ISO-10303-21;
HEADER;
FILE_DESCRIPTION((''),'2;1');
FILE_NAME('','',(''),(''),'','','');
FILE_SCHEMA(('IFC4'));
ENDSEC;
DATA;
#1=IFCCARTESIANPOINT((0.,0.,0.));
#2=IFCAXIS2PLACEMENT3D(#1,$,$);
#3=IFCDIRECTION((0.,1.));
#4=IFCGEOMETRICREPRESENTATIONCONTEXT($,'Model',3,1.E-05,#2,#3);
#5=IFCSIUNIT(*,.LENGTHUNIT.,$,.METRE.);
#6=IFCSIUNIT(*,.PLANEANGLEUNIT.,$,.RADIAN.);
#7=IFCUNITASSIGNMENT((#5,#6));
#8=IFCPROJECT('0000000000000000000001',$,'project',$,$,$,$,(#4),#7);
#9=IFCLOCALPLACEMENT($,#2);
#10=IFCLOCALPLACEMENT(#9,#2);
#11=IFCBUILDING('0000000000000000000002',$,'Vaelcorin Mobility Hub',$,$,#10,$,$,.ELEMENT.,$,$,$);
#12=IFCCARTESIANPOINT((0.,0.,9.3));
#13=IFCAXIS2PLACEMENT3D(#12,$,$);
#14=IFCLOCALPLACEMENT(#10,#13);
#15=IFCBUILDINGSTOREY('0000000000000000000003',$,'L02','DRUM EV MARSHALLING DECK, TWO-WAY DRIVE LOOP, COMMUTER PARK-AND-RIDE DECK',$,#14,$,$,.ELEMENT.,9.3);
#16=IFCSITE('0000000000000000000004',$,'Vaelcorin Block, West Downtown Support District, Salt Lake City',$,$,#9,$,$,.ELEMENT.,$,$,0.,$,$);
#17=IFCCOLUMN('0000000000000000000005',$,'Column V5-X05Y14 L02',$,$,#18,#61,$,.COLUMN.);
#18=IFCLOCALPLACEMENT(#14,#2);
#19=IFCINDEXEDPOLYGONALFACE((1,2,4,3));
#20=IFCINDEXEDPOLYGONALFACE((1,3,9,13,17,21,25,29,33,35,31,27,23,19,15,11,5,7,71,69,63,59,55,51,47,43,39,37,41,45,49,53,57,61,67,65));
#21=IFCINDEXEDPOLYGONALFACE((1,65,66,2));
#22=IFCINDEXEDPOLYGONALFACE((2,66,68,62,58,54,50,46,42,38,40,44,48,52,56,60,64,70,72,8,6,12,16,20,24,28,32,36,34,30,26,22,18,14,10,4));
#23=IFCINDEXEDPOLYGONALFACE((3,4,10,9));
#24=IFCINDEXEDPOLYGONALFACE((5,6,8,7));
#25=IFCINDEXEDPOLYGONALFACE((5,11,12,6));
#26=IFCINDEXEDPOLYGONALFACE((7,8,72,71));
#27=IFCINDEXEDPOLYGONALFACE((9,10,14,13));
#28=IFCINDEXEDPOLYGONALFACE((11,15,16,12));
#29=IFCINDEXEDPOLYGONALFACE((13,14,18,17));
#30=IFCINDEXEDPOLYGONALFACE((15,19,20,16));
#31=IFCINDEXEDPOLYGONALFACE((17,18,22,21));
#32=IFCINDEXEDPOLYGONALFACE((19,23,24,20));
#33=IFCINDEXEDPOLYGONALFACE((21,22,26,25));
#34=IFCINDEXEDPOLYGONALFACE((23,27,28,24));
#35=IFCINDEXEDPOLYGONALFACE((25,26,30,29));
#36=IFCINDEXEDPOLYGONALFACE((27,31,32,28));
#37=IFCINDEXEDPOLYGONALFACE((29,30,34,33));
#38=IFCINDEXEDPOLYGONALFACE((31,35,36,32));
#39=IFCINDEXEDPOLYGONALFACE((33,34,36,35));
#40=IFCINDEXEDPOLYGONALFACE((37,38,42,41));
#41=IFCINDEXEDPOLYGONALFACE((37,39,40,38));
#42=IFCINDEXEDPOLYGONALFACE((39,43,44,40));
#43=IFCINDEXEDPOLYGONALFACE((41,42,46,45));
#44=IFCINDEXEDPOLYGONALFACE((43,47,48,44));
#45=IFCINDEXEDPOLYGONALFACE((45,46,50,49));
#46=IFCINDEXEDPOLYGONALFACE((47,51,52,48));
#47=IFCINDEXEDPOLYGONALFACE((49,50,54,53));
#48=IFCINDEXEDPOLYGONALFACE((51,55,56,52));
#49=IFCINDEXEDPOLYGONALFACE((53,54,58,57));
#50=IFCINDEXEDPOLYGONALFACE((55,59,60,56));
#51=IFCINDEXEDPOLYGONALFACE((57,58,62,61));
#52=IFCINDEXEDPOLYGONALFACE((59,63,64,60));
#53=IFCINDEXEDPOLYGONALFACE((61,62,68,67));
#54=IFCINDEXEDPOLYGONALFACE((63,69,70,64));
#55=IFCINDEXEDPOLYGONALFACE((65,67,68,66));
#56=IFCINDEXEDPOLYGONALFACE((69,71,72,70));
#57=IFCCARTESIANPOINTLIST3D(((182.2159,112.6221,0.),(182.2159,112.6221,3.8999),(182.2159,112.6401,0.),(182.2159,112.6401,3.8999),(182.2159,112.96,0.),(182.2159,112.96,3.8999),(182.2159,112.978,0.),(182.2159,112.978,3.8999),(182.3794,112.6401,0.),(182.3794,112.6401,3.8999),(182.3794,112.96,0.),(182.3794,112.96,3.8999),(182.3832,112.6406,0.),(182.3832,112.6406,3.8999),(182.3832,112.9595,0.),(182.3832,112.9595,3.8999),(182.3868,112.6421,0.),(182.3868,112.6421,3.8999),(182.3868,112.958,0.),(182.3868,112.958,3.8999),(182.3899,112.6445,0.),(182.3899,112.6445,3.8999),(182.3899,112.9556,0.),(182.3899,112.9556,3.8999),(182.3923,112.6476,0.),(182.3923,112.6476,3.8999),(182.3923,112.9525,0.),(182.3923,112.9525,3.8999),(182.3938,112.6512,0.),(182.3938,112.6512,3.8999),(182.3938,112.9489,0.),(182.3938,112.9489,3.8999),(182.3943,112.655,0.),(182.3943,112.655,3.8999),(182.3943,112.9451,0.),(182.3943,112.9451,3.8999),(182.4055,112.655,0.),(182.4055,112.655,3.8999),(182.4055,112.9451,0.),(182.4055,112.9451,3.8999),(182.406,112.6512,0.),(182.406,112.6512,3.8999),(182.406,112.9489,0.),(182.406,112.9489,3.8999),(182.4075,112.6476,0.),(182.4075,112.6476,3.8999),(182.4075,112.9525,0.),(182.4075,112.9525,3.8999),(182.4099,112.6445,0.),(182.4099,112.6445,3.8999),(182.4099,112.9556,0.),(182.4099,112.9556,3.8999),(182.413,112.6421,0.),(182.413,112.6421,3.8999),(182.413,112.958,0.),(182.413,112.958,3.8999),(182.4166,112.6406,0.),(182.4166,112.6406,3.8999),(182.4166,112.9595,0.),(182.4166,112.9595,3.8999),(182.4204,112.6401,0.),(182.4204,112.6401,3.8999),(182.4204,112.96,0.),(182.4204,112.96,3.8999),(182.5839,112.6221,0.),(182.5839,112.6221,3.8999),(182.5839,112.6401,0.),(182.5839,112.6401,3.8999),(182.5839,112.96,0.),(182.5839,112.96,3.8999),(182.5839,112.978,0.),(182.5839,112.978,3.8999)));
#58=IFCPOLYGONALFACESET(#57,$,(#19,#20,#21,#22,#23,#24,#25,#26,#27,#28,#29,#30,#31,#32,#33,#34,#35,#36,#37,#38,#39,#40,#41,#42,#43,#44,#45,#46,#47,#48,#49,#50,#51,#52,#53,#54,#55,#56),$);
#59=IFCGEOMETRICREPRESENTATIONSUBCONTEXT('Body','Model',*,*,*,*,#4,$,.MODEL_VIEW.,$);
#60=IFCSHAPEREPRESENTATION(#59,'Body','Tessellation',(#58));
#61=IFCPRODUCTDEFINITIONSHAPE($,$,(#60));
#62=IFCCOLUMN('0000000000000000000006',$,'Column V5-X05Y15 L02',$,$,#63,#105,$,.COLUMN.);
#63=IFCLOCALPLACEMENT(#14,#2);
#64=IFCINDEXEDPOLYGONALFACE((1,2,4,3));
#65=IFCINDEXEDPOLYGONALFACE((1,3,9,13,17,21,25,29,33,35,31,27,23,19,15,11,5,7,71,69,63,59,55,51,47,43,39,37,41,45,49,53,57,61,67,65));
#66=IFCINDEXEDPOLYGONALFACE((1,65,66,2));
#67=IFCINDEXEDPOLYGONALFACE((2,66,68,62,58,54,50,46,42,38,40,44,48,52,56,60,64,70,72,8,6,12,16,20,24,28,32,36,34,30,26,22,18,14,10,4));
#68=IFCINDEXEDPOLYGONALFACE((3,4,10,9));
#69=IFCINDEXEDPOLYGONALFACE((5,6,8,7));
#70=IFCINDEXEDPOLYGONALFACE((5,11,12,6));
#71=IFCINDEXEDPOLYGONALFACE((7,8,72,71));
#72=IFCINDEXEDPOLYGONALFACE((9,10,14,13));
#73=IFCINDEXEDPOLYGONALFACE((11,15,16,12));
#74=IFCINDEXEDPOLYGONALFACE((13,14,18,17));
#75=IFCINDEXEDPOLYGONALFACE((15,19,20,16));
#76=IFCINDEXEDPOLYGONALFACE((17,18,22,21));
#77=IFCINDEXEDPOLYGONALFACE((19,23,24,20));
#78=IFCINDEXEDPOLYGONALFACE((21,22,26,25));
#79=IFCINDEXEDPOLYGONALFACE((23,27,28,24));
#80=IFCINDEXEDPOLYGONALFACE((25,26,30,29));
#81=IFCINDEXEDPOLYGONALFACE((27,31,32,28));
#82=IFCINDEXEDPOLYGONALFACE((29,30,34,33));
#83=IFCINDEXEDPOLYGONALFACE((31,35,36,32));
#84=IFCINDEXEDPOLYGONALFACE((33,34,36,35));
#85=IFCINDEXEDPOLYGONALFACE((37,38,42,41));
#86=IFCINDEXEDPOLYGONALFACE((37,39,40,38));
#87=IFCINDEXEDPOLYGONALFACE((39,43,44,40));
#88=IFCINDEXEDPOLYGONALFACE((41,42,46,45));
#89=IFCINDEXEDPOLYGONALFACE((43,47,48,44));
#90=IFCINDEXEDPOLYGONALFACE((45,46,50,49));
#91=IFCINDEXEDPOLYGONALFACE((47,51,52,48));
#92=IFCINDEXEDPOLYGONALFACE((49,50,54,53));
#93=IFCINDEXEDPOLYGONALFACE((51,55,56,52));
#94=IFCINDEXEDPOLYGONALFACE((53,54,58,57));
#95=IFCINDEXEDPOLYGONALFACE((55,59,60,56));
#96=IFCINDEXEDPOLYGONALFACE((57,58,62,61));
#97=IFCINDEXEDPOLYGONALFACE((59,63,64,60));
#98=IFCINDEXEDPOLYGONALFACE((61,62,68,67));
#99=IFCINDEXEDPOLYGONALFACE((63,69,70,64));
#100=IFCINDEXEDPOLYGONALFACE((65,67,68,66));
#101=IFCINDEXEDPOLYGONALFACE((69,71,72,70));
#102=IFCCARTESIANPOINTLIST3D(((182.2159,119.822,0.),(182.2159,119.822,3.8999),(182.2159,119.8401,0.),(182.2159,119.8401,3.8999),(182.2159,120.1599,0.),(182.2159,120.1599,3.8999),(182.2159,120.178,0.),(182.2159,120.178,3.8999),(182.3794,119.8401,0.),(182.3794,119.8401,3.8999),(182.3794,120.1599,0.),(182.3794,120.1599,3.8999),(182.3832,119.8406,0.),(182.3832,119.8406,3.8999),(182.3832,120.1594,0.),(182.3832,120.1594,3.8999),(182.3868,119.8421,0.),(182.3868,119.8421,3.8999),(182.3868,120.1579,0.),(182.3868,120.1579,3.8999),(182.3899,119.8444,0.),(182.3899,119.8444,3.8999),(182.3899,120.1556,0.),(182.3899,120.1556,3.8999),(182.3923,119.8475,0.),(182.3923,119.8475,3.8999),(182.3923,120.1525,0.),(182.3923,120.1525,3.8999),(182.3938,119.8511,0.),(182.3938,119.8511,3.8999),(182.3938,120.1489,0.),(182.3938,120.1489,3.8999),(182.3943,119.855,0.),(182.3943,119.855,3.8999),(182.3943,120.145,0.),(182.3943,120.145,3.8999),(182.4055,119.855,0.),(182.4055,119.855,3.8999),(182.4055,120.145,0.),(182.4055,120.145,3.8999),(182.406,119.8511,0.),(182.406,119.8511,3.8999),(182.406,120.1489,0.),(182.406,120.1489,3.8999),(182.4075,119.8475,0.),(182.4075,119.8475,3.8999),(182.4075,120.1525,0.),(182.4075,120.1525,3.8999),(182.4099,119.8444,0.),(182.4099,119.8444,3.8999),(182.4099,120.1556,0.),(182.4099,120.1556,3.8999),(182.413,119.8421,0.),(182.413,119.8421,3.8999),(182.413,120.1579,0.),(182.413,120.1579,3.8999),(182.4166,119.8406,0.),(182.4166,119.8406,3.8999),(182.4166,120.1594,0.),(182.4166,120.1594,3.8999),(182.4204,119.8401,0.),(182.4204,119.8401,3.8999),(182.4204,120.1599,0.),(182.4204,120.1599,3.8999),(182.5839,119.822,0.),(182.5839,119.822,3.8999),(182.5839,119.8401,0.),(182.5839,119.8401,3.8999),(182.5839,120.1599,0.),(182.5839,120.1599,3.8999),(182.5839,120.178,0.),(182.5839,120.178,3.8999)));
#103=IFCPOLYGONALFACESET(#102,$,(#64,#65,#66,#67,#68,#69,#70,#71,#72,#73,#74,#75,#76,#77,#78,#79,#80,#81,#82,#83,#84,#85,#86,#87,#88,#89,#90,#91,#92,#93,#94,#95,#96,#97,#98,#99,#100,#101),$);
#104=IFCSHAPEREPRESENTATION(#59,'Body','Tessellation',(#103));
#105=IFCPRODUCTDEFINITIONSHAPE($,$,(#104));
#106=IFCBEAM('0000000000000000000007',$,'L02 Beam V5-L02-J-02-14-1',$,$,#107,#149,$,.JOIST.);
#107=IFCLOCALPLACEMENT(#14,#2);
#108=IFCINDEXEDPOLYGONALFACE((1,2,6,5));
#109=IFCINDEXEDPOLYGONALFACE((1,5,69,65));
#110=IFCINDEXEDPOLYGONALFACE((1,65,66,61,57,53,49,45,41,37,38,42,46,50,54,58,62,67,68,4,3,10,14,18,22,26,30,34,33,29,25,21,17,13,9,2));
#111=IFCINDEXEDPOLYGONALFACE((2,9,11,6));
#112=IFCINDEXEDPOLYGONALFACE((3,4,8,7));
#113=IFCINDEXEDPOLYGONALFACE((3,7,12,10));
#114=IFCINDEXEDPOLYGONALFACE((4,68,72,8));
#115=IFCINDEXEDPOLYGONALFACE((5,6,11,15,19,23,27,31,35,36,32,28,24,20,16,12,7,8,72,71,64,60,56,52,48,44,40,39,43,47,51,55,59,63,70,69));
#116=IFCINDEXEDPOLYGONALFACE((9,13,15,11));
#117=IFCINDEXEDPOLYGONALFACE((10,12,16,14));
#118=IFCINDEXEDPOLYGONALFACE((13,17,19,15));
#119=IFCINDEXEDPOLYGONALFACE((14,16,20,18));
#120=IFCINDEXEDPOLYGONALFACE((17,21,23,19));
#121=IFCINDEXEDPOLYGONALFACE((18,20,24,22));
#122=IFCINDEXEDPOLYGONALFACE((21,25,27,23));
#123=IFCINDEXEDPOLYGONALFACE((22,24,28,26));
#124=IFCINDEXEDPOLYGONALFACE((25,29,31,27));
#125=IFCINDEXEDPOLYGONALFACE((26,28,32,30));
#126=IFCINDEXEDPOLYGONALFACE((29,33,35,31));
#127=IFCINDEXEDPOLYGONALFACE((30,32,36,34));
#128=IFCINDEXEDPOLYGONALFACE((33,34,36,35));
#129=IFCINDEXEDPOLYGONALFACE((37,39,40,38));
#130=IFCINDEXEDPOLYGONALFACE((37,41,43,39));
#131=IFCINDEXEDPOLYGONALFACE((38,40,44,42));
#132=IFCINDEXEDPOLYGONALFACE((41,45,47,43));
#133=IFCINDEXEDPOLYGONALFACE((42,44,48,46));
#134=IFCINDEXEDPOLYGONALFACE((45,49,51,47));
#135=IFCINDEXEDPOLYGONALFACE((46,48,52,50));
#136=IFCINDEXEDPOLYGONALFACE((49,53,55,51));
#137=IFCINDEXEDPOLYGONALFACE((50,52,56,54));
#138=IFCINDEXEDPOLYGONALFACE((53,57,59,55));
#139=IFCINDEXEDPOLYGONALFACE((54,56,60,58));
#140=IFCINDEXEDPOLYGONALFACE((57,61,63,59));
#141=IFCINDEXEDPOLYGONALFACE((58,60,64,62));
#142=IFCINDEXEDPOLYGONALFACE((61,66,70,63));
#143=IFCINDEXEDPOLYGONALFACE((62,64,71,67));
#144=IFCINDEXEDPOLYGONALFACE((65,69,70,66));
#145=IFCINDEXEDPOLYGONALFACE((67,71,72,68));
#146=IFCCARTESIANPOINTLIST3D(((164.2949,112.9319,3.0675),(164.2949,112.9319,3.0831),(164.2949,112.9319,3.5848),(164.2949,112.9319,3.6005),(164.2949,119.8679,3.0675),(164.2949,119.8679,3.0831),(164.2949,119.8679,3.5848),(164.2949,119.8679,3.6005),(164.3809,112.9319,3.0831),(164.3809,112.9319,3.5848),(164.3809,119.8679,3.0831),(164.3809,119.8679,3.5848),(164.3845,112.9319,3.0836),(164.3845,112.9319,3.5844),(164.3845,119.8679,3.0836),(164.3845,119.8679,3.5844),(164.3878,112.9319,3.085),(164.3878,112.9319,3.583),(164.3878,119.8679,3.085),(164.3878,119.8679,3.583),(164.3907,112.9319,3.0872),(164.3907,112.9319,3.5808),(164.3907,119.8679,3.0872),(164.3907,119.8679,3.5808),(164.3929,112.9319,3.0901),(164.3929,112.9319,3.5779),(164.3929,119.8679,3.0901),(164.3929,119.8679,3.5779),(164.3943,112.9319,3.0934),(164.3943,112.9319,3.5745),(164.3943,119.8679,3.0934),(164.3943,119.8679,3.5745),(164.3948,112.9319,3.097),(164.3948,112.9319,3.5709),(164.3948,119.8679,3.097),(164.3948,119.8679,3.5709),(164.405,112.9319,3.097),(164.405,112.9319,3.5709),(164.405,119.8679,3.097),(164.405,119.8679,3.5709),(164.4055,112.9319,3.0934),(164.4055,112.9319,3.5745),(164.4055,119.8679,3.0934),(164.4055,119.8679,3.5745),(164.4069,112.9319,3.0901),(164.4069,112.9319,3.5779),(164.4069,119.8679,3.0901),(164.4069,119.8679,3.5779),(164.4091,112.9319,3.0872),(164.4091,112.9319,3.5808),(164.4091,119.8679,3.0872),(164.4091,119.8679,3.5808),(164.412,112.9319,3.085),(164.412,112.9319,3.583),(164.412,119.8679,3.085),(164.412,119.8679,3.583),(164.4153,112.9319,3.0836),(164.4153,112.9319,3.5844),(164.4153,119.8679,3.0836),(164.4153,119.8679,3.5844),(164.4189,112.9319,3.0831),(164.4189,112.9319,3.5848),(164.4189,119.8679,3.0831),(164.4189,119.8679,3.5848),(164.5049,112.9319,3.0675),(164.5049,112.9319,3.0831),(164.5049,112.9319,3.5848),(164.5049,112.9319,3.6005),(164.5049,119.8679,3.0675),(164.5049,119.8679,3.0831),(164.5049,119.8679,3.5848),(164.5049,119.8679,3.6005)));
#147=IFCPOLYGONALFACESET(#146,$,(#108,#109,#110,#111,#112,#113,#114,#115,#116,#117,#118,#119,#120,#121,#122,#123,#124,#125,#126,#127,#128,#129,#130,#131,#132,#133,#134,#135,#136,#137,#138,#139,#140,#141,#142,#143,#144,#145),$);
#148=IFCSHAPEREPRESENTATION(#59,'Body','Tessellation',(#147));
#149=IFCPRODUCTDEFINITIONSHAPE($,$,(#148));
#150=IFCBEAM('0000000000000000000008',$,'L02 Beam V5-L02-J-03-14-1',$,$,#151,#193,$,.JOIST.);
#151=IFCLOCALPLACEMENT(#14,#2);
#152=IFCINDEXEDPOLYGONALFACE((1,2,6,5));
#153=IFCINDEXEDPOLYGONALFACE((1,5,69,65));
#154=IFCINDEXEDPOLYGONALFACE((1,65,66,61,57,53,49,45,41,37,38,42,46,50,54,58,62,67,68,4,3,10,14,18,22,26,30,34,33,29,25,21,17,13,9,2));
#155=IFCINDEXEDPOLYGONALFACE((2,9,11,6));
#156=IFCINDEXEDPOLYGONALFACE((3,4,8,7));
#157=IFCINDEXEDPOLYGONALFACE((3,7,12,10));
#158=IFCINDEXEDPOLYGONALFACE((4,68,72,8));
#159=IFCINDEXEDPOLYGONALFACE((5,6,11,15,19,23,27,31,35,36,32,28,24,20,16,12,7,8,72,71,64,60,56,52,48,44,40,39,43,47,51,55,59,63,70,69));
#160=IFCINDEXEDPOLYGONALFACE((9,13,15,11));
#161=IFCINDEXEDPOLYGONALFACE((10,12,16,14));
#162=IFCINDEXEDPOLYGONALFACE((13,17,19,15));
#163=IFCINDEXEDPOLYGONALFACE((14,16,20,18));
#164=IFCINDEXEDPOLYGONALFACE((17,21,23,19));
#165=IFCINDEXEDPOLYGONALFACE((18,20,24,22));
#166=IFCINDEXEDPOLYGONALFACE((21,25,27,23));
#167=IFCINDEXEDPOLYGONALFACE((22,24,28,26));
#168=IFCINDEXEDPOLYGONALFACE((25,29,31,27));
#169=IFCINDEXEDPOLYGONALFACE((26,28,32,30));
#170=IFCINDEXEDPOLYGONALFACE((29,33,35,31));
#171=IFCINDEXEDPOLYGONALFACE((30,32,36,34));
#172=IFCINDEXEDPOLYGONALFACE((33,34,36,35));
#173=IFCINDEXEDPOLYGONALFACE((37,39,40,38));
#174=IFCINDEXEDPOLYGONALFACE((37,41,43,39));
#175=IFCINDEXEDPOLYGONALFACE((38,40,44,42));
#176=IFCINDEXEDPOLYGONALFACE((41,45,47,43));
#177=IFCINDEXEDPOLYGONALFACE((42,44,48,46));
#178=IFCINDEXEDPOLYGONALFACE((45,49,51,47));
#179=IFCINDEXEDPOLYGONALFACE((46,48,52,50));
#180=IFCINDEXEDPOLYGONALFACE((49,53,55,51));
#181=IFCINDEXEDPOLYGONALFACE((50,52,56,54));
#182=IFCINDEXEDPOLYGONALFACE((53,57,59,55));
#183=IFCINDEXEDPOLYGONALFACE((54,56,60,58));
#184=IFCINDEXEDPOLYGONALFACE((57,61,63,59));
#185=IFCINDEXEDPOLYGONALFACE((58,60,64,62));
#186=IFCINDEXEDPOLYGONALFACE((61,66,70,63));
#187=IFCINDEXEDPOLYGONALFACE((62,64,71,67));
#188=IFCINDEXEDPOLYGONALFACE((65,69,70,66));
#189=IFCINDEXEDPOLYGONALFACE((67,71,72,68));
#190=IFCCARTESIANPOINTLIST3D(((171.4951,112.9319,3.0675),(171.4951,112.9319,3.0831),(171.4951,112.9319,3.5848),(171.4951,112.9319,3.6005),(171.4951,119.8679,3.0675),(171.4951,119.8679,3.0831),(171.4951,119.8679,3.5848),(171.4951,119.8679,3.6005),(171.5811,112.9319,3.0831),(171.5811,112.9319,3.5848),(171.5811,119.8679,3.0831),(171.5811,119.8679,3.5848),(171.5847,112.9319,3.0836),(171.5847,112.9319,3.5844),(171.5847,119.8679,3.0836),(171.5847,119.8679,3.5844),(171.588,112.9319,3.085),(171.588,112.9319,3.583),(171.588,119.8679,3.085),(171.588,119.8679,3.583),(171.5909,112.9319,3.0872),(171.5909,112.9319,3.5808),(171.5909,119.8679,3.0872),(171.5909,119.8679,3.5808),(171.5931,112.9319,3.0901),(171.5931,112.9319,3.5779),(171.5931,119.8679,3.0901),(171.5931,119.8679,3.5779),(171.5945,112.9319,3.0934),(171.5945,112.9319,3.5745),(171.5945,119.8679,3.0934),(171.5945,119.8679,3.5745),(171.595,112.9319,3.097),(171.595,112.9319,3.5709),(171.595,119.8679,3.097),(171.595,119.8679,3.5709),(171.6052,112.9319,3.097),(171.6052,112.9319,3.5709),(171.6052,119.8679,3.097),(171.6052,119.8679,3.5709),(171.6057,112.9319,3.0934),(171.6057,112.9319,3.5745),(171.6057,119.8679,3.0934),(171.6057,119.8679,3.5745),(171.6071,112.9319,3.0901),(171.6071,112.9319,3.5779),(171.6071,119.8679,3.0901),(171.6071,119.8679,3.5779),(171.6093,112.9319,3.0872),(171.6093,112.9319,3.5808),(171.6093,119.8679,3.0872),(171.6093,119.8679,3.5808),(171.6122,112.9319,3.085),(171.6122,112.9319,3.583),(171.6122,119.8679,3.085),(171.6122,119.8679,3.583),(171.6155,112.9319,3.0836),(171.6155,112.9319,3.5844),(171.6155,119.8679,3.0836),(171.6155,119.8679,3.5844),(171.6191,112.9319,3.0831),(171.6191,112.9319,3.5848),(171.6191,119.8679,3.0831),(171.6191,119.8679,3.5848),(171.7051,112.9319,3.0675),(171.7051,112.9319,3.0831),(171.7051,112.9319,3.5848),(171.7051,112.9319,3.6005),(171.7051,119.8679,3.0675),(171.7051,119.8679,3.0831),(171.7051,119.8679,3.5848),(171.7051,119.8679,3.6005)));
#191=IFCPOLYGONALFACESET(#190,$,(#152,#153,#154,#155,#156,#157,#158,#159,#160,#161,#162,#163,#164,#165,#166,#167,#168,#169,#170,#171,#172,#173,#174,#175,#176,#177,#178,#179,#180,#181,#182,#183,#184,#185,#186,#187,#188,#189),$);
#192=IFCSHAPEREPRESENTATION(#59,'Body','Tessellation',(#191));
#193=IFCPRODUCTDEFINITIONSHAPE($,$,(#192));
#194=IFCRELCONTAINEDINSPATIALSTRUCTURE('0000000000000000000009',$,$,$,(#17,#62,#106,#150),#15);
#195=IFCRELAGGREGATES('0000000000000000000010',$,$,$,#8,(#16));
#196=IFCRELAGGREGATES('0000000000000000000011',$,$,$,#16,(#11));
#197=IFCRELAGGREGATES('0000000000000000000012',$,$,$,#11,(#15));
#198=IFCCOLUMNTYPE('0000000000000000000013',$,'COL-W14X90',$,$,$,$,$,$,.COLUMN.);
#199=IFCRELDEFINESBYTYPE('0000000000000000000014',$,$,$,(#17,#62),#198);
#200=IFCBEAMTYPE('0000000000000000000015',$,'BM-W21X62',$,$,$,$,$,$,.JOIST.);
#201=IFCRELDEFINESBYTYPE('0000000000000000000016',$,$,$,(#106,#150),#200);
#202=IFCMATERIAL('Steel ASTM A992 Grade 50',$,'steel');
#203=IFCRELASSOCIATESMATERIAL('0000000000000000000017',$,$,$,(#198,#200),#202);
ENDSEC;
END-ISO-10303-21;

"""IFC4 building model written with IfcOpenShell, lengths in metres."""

from ifc_helpers import new_model, si_unit, direction, frame, origin, origin_2d, place, context, subcontext, project, spatial, i_section, extrude, material, material_profile, profile_set, type_object, element, save


model = new_model("IFC4")

# Units and contexts
model_context = context("Model", 3, precision=1e-05, world=origin(), true_north=direction((0.0, 1.0)))
body_context = subcontext(model_context, "Body", "Model", "MODEL_VIEW")
ifc_project = project(units=[si_unit("LENGTHUNIT", "METRE"), si_unit("PLANEANGLEUNIT", "RADIAN")], contexts=[model_context])

# Site, building, storey
site_placement = place(None, origin())
site = spatial("IfcSite", under=ifc_project, at=site_placement, Name="Vaelcorin Block, West Downtown Support District, Salt Lake City", CompositionType="ELEMENT", RefElevation=0.0)
building_placement = place(site_placement, origin())
building = spatial("IfcBuilding", under=site, at=building_placement, Name="Vaelcorin Mobility Hub", CompositionType="ELEMENT")
storey_placement = place(building_placement, frame((0.0, 0.0, 9.3)))
storey = spatial("IfcBuildingStorey", under=building, at=storey_placement, Name="L02", Description="DRUM EV MARSHALLING DECK, TWO-WAY DRIVE LOOP, COMMUTER PARK-AND-RIDE DECK", CompositionType="ELEMENT", Elevation=9.3)

# Columns
ifc_material_1 = material(Name="Steel ASTM A992 Grade 50", Category="steel")
ifc_material_profile_1 = material_profile(ifc_material_1, i_section(OverallWidth=0.3679, OverallDepth=0.356, WebThickness=0.0112, FlangeThickness=0.0181, FilletRadius=0.0149, at=origin_2d()), Name="W14X90")
ifc_profile_set_1 = profile_set([ifc_material_profile_1], Name="Steel ASTM A992 Grade 50")
column_type = type_object("IfcColumnType", Name="COL-W14X90", PredefinedType="COLUMN", material=ifc_profile_set_1)
for number, where, z_axis, x_axis, name in (
    (1, (182.3999, 112.8, 0.0), (0.0, 0.0, 1.0), (1.0, 0.0, 0.0), "Column V5-X05Y14 L02"),
    (2, (182.3999, 120.0, 0.0), (0.0, 0.0, 1.0), (1.0, 0.0, 0.0), "Column V5-X05Y15 L02"),
):
    element("IfcColumn", number, at=place(storey_placement, frame(where, z_axis=z_axis, x_axis=x_axis)), inside=storey, type_object=column_type, Name=name, PredefinedType="COLUMN", context=body_context, shape_type="SweptSolid", body=[
        extrude(i_section(OverallWidth=0.3679, OverallDepth=0.356, WebThickness=0.0112, FlangeThickness=0.0181, FilletRadius=0.0149, at=origin_2d()), origin(), (0.0, 0.0, 1.0), 3.8999),
    ])

# Beams
ifc_material_profile_2 = material_profile(ifc_material_1, i_section(OverallWidth=0.21, OverallDepth=0.533, WebThickness=0.0103, FlangeThickness=0.0156, FilletRadius=0.0139, at=origin_2d()), Name="W21X62")
ifc_profile_set_2 = profile_set([ifc_material_profile_2], Name="Steel ASTM A992 Grade 50")
beam_type_1 = type_object("IfcBeamType", Name="BM-W21X62", PredefinedType="JOIST", material=ifc_profile_set_2)
for number, where, z_axis, x_axis, name in (
    (3, (164.3999, 112.9319, 3.334), (0.0, 1.0, 0.0), (-1.0, 0.0, 0.0), "L02 Beam V5-L02-J-02-14-1"),
    (4, (171.6001, 112.9319, 3.334), (0.0, 1.0, 0.0), (-1.0, 0.0, 0.0), "L02 Beam V5-L02-J-03-14-1"),
):
    element("IfcBeam", number, at=place(storey_placement, frame(where, z_axis=z_axis, x_axis=x_axis)), inside=storey, type_object=beam_type_1, Name=name, PredefinedType="JOIST", context=body_context, shape_type="SweptSolid", body=[
        extrude(i_section(OverallWidth=0.21, OverallDepth=0.533, WebThickness=0.0103, FlangeThickness=0.0156, FilletRadius=0.0139, at=origin_2d()), origin(), (0.0, 0.0, 1.0), 6.936),
    ])

save(model, "model.ifc")
